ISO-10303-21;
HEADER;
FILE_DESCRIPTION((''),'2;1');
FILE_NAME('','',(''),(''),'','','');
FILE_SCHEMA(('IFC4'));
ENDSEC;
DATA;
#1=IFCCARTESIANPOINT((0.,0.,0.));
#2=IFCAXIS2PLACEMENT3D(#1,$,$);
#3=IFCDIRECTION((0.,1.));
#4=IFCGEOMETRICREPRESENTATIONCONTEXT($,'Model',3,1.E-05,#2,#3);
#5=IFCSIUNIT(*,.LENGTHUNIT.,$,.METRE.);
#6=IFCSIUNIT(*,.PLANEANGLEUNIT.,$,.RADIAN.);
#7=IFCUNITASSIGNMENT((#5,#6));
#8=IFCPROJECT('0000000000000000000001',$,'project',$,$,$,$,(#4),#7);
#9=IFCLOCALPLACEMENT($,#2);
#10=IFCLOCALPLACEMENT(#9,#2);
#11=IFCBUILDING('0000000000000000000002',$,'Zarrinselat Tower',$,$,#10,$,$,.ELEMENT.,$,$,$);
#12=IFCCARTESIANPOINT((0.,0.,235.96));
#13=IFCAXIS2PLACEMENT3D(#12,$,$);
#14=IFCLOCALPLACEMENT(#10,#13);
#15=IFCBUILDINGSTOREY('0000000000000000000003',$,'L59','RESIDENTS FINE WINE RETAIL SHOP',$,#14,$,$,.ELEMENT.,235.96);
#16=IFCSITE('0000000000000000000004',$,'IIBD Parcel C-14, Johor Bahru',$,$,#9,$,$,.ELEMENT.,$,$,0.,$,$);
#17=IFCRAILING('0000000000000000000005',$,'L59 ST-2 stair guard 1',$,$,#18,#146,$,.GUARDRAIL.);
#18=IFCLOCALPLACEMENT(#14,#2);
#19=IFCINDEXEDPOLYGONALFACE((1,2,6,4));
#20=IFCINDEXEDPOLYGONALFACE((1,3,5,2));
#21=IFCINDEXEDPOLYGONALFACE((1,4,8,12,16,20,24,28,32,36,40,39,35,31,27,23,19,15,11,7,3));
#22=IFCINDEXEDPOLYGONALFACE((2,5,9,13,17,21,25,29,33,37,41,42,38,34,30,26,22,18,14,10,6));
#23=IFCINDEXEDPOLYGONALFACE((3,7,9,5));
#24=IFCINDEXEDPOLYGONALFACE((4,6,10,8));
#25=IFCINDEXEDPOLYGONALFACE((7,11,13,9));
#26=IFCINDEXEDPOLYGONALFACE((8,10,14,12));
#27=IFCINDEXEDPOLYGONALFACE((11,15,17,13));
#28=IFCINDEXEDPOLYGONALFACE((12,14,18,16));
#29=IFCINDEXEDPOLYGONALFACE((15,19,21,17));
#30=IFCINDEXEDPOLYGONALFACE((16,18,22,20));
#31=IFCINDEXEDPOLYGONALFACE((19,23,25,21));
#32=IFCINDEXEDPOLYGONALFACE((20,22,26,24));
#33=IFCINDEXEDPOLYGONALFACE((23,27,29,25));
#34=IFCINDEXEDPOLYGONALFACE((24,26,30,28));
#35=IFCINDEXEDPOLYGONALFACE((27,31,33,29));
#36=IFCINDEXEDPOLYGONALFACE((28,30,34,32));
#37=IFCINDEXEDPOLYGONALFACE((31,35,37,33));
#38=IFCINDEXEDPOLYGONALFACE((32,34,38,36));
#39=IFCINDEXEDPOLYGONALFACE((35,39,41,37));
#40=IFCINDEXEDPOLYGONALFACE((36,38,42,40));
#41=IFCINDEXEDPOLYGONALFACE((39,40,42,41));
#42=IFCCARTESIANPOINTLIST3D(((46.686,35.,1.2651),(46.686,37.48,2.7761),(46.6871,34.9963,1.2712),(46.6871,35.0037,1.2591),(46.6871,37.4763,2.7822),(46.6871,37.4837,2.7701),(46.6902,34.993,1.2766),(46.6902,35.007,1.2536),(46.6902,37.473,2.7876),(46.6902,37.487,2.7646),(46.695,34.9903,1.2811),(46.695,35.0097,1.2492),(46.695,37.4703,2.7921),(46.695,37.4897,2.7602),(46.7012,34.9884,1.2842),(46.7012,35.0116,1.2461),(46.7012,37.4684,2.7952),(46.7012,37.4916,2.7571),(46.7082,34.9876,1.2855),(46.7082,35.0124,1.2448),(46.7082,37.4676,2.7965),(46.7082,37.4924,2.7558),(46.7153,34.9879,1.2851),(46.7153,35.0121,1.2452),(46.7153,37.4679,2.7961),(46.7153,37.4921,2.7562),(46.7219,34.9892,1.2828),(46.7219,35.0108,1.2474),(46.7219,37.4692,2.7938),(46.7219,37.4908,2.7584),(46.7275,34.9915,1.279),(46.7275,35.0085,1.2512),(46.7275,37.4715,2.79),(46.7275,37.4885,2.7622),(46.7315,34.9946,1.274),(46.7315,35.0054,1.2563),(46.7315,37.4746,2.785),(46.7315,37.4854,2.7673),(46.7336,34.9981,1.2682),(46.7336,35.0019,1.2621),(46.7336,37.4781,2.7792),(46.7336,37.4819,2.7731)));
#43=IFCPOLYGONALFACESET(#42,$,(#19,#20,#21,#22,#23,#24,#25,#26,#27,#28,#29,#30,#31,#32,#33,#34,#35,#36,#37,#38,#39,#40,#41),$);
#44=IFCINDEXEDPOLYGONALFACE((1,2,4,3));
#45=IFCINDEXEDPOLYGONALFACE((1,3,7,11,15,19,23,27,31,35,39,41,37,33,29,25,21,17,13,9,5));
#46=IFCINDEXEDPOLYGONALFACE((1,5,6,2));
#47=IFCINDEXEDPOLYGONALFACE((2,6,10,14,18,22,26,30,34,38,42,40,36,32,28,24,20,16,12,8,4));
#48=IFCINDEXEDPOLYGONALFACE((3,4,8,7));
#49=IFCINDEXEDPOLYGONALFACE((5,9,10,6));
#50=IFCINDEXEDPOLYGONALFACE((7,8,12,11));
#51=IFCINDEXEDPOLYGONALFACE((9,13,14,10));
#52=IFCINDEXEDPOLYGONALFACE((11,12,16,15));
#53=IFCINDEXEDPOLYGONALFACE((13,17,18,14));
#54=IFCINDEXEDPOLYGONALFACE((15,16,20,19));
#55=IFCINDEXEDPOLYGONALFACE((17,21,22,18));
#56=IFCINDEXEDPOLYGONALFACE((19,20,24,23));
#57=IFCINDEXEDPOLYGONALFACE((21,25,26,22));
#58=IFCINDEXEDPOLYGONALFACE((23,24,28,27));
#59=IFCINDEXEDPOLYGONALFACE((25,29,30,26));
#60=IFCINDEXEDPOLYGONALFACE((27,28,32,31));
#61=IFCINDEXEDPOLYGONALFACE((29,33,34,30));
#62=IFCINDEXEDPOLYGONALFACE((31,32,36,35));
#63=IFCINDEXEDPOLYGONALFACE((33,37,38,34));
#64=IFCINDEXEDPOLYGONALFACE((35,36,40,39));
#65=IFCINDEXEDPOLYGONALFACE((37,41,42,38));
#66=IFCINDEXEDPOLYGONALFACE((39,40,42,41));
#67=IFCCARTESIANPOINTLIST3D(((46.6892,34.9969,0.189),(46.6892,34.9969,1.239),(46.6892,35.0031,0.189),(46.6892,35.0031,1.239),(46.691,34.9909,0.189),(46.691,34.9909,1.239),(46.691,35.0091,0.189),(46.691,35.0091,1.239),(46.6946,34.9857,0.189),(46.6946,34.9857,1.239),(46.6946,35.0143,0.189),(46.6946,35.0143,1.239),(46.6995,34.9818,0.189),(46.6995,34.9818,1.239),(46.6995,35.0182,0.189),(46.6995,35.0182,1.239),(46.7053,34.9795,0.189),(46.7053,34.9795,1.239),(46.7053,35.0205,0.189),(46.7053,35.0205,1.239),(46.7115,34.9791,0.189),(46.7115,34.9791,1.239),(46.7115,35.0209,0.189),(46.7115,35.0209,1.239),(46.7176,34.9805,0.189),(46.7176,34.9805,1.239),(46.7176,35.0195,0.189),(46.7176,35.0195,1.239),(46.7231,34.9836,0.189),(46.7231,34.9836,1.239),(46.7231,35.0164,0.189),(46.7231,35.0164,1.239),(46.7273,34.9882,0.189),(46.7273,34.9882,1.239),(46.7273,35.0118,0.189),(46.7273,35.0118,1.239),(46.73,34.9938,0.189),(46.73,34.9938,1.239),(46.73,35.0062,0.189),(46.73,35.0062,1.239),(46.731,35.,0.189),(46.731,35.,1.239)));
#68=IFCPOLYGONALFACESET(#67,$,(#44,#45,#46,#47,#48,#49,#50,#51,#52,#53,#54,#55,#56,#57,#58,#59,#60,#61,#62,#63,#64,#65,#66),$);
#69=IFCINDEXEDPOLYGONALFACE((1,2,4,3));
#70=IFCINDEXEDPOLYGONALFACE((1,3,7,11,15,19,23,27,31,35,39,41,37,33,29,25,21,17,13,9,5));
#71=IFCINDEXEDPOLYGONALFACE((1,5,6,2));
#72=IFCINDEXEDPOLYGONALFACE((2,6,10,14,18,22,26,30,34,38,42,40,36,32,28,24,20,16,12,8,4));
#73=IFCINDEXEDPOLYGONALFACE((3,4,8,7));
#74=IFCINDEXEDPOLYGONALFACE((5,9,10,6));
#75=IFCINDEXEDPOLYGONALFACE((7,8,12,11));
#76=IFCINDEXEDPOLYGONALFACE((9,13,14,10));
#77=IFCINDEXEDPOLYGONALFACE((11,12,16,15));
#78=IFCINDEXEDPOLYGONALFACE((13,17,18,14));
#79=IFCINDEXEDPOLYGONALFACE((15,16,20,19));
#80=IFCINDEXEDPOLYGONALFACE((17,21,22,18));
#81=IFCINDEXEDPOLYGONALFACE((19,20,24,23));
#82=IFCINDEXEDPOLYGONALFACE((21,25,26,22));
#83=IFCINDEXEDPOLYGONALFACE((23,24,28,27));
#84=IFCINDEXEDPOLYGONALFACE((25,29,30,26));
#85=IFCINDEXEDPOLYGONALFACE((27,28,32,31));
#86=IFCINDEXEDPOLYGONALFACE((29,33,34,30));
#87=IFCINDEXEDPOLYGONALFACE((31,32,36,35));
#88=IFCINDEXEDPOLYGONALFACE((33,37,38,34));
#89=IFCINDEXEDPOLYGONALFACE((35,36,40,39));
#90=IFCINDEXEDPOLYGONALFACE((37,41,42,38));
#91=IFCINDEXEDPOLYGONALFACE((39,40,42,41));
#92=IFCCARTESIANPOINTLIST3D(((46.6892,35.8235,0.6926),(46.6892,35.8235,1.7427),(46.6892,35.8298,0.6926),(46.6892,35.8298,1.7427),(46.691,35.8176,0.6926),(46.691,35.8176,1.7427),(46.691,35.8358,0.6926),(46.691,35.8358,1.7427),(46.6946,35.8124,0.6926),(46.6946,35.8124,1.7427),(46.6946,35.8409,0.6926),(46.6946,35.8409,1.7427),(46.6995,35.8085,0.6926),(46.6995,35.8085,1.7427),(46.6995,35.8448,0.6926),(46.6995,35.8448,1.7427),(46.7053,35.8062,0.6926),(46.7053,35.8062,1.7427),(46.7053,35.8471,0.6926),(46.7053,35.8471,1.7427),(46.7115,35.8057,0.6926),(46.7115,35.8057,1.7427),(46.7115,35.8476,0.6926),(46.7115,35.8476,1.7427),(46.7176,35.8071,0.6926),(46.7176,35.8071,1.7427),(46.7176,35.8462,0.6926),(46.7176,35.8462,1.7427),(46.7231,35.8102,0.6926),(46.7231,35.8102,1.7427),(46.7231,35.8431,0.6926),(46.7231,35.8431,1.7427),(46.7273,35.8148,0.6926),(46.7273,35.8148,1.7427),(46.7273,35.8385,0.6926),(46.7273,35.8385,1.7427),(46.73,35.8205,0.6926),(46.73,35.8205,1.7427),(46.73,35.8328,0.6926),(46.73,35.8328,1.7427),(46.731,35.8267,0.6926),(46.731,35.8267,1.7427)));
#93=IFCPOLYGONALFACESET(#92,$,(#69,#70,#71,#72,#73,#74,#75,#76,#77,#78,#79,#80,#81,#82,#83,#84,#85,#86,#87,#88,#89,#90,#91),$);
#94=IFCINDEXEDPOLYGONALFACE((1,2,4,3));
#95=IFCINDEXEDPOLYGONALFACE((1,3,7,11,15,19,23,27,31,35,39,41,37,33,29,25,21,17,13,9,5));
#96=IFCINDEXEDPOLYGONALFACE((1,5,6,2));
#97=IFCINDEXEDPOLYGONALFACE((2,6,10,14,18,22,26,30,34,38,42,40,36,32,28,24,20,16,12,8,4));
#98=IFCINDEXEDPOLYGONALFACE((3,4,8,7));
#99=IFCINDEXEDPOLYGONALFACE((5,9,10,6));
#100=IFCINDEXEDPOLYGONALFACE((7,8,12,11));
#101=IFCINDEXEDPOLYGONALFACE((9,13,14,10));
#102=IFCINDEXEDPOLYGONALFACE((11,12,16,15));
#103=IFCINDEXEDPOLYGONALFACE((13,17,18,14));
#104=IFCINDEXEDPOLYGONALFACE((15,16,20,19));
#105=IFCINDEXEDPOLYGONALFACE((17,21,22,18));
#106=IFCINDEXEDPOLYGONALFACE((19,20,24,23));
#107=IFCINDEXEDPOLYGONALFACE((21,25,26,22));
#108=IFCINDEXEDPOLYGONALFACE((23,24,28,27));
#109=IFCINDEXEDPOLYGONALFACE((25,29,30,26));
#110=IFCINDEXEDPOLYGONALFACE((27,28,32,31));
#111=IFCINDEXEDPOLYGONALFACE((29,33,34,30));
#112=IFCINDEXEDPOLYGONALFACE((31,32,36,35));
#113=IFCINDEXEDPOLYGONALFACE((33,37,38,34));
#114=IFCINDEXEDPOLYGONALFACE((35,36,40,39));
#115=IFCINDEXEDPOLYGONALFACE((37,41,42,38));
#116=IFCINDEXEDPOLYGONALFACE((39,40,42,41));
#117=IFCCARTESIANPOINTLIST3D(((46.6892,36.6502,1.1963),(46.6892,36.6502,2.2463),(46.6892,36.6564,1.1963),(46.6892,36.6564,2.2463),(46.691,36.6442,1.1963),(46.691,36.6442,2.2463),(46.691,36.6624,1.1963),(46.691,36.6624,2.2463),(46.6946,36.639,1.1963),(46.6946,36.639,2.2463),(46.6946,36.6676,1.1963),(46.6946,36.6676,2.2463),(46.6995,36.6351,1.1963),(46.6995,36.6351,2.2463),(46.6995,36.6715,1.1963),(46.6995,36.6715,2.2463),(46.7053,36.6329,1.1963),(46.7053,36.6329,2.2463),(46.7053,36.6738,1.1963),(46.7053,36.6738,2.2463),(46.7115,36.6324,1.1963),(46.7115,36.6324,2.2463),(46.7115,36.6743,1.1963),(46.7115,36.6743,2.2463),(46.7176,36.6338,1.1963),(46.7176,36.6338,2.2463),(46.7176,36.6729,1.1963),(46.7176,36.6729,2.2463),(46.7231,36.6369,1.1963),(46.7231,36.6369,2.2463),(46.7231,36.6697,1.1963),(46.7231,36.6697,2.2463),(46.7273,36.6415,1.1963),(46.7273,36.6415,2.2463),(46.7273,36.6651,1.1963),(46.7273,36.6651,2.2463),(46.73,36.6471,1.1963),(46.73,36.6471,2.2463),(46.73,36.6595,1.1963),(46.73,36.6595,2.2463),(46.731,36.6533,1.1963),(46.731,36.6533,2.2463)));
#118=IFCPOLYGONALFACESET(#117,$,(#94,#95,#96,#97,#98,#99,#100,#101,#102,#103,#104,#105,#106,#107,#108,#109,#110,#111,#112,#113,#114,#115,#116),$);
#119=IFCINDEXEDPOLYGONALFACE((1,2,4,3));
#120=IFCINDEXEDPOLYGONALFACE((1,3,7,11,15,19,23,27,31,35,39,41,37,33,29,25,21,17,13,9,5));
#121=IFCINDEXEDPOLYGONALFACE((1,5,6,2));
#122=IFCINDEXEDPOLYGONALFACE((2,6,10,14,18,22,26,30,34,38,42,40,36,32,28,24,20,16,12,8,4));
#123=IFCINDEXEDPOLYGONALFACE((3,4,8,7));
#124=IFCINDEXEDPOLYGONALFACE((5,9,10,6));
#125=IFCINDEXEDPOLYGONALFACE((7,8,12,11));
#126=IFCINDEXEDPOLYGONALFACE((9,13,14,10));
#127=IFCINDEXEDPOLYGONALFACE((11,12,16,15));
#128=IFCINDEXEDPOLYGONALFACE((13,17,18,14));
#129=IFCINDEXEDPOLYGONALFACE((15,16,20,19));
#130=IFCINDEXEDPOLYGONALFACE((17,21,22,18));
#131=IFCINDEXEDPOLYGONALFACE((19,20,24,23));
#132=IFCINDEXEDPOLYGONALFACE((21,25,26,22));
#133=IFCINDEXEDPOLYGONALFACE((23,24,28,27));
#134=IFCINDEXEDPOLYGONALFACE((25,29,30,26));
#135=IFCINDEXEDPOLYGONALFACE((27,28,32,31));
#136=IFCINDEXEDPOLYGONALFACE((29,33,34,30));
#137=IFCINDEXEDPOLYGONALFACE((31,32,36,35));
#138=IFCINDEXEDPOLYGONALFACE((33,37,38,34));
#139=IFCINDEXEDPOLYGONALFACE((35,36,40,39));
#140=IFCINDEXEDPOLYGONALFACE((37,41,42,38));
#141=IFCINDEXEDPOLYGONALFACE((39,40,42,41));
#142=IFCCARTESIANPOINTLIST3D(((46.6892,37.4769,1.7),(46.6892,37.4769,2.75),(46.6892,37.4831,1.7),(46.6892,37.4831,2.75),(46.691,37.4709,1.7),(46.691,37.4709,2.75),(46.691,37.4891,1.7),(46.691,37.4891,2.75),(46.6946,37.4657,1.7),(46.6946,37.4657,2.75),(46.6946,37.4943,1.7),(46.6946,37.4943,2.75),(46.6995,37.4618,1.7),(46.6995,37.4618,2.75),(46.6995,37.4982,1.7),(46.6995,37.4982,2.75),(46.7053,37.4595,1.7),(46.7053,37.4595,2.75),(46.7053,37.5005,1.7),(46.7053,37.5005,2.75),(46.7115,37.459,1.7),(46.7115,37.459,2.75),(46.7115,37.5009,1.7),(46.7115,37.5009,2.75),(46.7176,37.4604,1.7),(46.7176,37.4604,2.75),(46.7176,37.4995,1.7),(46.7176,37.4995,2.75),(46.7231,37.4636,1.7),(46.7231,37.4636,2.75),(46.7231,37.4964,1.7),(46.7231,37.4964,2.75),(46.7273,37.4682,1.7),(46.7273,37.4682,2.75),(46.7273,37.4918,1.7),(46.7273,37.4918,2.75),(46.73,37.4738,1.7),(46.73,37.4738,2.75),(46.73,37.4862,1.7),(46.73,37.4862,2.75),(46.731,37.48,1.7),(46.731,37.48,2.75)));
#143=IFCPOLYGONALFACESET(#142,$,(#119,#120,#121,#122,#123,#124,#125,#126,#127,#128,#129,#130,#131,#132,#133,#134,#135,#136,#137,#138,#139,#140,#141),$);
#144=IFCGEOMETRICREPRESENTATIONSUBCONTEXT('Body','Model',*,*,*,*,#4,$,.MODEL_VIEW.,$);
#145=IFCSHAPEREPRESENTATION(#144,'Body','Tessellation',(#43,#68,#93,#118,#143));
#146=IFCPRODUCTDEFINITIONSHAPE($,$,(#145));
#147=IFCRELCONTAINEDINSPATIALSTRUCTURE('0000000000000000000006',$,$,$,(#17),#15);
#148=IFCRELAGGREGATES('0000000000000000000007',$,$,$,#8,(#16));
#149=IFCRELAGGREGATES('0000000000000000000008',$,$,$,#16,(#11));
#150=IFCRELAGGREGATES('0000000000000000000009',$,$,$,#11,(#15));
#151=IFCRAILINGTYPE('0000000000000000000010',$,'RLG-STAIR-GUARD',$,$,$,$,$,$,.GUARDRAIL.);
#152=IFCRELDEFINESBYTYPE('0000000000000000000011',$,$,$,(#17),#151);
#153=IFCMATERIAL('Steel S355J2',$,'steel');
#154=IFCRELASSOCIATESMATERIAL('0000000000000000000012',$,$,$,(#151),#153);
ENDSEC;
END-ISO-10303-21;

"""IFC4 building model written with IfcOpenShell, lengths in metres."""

from ifc_helpers import new_model, si_unit, direction, frame, origin, origin_2d, place, context, subcontext, project, spatial, circle, extrude, material, type_object, element, save


model = new_model("IFC4")

# Units and contexts
model_context = context("Model", 3, precision=1e-05, world=origin(), true_north=direction((0.0, 1.0)))
body_context = subcontext(model_context, "Body", "Model", "MODEL_VIEW")
ifc_project = project(units=[si_unit("LENGTHUNIT", "METRE"), si_unit("PLANEANGLEUNIT", "RADIAN")], contexts=[model_context])

# Site, building, storey
site_placement = place(None, origin())
site = spatial("IfcSite", under=ifc_project, at=site_placement, Name="IIBD Parcel C-14, Johor Bahru", CompositionType="ELEMENT", RefElevation=0.0)
building_placement = place(site_placement, origin())
building = spatial("IfcBuilding", under=site, at=building_placement, Name="Zarrinselat Tower", CompositionType="ELEMENT")
storey_placement = place(building_placement, frame((0.0, 0.0, 235.96)))
storey = spatial("IfcBuildingStorey", under=building, at=storey_placement, Name="L59", Description="RESIDENTS FINE WINE RETAIL SHOP", CompositionType="ELEMENT", Elevation=235.96)

# Railing
ifc_material_1 = material(Name="Steel S355J2", Category="steel")
railing_type_1 = type_object("IfcRailingType", Name="RLG-STAIR-GUARD", PredefinedType="GUARDRAIL", material=ifc_material_1)
railing_1_placement = place(storey_placement, frame((46.71, 35.0, 0.189)))
element("IfcRailing", 1, at=railing_1_placement, inside=storey, type_object=railing_type_1, Name="L59 ST-2 stair guard 1", PredefinedType="GUARDRAIL", context=body_context, shape_type="SweptSolid", body=[
    extrude(circle(Radius=0.0239, at=origin_2d()), frame((0.0, 0.0, 1.0762), z_axis=(0.0, 0.853979, 0.520307), x_axis=(-1.0, 0.0, 0.0)), (0.0, 0.0, 1.0), 2.9041),
    extrude(circle(Radius=0.021, at=origin_2d()), origin(), (0.0, 0.0, 1.0), 1.05),
    extrude(circle(Radius=0.021, at=origin_2d()), frame((0.0, 0.8267, 0.5037)), (0.0, 0.0, 1.0), 1.05),
    extrude(circle(Radius=0.021, at=origin_2d()), frame((0.0, 1.6533, 1.0073)), (0.0, 0.0, 1.0), 1.05),
    extrude(circle(Radius=0.021, at=origin_2d()), frame((0.0, 2.48, 1.511)), (0.0, 0.0, 1.0), 1.05),
])

save(model, "model.ifc")
